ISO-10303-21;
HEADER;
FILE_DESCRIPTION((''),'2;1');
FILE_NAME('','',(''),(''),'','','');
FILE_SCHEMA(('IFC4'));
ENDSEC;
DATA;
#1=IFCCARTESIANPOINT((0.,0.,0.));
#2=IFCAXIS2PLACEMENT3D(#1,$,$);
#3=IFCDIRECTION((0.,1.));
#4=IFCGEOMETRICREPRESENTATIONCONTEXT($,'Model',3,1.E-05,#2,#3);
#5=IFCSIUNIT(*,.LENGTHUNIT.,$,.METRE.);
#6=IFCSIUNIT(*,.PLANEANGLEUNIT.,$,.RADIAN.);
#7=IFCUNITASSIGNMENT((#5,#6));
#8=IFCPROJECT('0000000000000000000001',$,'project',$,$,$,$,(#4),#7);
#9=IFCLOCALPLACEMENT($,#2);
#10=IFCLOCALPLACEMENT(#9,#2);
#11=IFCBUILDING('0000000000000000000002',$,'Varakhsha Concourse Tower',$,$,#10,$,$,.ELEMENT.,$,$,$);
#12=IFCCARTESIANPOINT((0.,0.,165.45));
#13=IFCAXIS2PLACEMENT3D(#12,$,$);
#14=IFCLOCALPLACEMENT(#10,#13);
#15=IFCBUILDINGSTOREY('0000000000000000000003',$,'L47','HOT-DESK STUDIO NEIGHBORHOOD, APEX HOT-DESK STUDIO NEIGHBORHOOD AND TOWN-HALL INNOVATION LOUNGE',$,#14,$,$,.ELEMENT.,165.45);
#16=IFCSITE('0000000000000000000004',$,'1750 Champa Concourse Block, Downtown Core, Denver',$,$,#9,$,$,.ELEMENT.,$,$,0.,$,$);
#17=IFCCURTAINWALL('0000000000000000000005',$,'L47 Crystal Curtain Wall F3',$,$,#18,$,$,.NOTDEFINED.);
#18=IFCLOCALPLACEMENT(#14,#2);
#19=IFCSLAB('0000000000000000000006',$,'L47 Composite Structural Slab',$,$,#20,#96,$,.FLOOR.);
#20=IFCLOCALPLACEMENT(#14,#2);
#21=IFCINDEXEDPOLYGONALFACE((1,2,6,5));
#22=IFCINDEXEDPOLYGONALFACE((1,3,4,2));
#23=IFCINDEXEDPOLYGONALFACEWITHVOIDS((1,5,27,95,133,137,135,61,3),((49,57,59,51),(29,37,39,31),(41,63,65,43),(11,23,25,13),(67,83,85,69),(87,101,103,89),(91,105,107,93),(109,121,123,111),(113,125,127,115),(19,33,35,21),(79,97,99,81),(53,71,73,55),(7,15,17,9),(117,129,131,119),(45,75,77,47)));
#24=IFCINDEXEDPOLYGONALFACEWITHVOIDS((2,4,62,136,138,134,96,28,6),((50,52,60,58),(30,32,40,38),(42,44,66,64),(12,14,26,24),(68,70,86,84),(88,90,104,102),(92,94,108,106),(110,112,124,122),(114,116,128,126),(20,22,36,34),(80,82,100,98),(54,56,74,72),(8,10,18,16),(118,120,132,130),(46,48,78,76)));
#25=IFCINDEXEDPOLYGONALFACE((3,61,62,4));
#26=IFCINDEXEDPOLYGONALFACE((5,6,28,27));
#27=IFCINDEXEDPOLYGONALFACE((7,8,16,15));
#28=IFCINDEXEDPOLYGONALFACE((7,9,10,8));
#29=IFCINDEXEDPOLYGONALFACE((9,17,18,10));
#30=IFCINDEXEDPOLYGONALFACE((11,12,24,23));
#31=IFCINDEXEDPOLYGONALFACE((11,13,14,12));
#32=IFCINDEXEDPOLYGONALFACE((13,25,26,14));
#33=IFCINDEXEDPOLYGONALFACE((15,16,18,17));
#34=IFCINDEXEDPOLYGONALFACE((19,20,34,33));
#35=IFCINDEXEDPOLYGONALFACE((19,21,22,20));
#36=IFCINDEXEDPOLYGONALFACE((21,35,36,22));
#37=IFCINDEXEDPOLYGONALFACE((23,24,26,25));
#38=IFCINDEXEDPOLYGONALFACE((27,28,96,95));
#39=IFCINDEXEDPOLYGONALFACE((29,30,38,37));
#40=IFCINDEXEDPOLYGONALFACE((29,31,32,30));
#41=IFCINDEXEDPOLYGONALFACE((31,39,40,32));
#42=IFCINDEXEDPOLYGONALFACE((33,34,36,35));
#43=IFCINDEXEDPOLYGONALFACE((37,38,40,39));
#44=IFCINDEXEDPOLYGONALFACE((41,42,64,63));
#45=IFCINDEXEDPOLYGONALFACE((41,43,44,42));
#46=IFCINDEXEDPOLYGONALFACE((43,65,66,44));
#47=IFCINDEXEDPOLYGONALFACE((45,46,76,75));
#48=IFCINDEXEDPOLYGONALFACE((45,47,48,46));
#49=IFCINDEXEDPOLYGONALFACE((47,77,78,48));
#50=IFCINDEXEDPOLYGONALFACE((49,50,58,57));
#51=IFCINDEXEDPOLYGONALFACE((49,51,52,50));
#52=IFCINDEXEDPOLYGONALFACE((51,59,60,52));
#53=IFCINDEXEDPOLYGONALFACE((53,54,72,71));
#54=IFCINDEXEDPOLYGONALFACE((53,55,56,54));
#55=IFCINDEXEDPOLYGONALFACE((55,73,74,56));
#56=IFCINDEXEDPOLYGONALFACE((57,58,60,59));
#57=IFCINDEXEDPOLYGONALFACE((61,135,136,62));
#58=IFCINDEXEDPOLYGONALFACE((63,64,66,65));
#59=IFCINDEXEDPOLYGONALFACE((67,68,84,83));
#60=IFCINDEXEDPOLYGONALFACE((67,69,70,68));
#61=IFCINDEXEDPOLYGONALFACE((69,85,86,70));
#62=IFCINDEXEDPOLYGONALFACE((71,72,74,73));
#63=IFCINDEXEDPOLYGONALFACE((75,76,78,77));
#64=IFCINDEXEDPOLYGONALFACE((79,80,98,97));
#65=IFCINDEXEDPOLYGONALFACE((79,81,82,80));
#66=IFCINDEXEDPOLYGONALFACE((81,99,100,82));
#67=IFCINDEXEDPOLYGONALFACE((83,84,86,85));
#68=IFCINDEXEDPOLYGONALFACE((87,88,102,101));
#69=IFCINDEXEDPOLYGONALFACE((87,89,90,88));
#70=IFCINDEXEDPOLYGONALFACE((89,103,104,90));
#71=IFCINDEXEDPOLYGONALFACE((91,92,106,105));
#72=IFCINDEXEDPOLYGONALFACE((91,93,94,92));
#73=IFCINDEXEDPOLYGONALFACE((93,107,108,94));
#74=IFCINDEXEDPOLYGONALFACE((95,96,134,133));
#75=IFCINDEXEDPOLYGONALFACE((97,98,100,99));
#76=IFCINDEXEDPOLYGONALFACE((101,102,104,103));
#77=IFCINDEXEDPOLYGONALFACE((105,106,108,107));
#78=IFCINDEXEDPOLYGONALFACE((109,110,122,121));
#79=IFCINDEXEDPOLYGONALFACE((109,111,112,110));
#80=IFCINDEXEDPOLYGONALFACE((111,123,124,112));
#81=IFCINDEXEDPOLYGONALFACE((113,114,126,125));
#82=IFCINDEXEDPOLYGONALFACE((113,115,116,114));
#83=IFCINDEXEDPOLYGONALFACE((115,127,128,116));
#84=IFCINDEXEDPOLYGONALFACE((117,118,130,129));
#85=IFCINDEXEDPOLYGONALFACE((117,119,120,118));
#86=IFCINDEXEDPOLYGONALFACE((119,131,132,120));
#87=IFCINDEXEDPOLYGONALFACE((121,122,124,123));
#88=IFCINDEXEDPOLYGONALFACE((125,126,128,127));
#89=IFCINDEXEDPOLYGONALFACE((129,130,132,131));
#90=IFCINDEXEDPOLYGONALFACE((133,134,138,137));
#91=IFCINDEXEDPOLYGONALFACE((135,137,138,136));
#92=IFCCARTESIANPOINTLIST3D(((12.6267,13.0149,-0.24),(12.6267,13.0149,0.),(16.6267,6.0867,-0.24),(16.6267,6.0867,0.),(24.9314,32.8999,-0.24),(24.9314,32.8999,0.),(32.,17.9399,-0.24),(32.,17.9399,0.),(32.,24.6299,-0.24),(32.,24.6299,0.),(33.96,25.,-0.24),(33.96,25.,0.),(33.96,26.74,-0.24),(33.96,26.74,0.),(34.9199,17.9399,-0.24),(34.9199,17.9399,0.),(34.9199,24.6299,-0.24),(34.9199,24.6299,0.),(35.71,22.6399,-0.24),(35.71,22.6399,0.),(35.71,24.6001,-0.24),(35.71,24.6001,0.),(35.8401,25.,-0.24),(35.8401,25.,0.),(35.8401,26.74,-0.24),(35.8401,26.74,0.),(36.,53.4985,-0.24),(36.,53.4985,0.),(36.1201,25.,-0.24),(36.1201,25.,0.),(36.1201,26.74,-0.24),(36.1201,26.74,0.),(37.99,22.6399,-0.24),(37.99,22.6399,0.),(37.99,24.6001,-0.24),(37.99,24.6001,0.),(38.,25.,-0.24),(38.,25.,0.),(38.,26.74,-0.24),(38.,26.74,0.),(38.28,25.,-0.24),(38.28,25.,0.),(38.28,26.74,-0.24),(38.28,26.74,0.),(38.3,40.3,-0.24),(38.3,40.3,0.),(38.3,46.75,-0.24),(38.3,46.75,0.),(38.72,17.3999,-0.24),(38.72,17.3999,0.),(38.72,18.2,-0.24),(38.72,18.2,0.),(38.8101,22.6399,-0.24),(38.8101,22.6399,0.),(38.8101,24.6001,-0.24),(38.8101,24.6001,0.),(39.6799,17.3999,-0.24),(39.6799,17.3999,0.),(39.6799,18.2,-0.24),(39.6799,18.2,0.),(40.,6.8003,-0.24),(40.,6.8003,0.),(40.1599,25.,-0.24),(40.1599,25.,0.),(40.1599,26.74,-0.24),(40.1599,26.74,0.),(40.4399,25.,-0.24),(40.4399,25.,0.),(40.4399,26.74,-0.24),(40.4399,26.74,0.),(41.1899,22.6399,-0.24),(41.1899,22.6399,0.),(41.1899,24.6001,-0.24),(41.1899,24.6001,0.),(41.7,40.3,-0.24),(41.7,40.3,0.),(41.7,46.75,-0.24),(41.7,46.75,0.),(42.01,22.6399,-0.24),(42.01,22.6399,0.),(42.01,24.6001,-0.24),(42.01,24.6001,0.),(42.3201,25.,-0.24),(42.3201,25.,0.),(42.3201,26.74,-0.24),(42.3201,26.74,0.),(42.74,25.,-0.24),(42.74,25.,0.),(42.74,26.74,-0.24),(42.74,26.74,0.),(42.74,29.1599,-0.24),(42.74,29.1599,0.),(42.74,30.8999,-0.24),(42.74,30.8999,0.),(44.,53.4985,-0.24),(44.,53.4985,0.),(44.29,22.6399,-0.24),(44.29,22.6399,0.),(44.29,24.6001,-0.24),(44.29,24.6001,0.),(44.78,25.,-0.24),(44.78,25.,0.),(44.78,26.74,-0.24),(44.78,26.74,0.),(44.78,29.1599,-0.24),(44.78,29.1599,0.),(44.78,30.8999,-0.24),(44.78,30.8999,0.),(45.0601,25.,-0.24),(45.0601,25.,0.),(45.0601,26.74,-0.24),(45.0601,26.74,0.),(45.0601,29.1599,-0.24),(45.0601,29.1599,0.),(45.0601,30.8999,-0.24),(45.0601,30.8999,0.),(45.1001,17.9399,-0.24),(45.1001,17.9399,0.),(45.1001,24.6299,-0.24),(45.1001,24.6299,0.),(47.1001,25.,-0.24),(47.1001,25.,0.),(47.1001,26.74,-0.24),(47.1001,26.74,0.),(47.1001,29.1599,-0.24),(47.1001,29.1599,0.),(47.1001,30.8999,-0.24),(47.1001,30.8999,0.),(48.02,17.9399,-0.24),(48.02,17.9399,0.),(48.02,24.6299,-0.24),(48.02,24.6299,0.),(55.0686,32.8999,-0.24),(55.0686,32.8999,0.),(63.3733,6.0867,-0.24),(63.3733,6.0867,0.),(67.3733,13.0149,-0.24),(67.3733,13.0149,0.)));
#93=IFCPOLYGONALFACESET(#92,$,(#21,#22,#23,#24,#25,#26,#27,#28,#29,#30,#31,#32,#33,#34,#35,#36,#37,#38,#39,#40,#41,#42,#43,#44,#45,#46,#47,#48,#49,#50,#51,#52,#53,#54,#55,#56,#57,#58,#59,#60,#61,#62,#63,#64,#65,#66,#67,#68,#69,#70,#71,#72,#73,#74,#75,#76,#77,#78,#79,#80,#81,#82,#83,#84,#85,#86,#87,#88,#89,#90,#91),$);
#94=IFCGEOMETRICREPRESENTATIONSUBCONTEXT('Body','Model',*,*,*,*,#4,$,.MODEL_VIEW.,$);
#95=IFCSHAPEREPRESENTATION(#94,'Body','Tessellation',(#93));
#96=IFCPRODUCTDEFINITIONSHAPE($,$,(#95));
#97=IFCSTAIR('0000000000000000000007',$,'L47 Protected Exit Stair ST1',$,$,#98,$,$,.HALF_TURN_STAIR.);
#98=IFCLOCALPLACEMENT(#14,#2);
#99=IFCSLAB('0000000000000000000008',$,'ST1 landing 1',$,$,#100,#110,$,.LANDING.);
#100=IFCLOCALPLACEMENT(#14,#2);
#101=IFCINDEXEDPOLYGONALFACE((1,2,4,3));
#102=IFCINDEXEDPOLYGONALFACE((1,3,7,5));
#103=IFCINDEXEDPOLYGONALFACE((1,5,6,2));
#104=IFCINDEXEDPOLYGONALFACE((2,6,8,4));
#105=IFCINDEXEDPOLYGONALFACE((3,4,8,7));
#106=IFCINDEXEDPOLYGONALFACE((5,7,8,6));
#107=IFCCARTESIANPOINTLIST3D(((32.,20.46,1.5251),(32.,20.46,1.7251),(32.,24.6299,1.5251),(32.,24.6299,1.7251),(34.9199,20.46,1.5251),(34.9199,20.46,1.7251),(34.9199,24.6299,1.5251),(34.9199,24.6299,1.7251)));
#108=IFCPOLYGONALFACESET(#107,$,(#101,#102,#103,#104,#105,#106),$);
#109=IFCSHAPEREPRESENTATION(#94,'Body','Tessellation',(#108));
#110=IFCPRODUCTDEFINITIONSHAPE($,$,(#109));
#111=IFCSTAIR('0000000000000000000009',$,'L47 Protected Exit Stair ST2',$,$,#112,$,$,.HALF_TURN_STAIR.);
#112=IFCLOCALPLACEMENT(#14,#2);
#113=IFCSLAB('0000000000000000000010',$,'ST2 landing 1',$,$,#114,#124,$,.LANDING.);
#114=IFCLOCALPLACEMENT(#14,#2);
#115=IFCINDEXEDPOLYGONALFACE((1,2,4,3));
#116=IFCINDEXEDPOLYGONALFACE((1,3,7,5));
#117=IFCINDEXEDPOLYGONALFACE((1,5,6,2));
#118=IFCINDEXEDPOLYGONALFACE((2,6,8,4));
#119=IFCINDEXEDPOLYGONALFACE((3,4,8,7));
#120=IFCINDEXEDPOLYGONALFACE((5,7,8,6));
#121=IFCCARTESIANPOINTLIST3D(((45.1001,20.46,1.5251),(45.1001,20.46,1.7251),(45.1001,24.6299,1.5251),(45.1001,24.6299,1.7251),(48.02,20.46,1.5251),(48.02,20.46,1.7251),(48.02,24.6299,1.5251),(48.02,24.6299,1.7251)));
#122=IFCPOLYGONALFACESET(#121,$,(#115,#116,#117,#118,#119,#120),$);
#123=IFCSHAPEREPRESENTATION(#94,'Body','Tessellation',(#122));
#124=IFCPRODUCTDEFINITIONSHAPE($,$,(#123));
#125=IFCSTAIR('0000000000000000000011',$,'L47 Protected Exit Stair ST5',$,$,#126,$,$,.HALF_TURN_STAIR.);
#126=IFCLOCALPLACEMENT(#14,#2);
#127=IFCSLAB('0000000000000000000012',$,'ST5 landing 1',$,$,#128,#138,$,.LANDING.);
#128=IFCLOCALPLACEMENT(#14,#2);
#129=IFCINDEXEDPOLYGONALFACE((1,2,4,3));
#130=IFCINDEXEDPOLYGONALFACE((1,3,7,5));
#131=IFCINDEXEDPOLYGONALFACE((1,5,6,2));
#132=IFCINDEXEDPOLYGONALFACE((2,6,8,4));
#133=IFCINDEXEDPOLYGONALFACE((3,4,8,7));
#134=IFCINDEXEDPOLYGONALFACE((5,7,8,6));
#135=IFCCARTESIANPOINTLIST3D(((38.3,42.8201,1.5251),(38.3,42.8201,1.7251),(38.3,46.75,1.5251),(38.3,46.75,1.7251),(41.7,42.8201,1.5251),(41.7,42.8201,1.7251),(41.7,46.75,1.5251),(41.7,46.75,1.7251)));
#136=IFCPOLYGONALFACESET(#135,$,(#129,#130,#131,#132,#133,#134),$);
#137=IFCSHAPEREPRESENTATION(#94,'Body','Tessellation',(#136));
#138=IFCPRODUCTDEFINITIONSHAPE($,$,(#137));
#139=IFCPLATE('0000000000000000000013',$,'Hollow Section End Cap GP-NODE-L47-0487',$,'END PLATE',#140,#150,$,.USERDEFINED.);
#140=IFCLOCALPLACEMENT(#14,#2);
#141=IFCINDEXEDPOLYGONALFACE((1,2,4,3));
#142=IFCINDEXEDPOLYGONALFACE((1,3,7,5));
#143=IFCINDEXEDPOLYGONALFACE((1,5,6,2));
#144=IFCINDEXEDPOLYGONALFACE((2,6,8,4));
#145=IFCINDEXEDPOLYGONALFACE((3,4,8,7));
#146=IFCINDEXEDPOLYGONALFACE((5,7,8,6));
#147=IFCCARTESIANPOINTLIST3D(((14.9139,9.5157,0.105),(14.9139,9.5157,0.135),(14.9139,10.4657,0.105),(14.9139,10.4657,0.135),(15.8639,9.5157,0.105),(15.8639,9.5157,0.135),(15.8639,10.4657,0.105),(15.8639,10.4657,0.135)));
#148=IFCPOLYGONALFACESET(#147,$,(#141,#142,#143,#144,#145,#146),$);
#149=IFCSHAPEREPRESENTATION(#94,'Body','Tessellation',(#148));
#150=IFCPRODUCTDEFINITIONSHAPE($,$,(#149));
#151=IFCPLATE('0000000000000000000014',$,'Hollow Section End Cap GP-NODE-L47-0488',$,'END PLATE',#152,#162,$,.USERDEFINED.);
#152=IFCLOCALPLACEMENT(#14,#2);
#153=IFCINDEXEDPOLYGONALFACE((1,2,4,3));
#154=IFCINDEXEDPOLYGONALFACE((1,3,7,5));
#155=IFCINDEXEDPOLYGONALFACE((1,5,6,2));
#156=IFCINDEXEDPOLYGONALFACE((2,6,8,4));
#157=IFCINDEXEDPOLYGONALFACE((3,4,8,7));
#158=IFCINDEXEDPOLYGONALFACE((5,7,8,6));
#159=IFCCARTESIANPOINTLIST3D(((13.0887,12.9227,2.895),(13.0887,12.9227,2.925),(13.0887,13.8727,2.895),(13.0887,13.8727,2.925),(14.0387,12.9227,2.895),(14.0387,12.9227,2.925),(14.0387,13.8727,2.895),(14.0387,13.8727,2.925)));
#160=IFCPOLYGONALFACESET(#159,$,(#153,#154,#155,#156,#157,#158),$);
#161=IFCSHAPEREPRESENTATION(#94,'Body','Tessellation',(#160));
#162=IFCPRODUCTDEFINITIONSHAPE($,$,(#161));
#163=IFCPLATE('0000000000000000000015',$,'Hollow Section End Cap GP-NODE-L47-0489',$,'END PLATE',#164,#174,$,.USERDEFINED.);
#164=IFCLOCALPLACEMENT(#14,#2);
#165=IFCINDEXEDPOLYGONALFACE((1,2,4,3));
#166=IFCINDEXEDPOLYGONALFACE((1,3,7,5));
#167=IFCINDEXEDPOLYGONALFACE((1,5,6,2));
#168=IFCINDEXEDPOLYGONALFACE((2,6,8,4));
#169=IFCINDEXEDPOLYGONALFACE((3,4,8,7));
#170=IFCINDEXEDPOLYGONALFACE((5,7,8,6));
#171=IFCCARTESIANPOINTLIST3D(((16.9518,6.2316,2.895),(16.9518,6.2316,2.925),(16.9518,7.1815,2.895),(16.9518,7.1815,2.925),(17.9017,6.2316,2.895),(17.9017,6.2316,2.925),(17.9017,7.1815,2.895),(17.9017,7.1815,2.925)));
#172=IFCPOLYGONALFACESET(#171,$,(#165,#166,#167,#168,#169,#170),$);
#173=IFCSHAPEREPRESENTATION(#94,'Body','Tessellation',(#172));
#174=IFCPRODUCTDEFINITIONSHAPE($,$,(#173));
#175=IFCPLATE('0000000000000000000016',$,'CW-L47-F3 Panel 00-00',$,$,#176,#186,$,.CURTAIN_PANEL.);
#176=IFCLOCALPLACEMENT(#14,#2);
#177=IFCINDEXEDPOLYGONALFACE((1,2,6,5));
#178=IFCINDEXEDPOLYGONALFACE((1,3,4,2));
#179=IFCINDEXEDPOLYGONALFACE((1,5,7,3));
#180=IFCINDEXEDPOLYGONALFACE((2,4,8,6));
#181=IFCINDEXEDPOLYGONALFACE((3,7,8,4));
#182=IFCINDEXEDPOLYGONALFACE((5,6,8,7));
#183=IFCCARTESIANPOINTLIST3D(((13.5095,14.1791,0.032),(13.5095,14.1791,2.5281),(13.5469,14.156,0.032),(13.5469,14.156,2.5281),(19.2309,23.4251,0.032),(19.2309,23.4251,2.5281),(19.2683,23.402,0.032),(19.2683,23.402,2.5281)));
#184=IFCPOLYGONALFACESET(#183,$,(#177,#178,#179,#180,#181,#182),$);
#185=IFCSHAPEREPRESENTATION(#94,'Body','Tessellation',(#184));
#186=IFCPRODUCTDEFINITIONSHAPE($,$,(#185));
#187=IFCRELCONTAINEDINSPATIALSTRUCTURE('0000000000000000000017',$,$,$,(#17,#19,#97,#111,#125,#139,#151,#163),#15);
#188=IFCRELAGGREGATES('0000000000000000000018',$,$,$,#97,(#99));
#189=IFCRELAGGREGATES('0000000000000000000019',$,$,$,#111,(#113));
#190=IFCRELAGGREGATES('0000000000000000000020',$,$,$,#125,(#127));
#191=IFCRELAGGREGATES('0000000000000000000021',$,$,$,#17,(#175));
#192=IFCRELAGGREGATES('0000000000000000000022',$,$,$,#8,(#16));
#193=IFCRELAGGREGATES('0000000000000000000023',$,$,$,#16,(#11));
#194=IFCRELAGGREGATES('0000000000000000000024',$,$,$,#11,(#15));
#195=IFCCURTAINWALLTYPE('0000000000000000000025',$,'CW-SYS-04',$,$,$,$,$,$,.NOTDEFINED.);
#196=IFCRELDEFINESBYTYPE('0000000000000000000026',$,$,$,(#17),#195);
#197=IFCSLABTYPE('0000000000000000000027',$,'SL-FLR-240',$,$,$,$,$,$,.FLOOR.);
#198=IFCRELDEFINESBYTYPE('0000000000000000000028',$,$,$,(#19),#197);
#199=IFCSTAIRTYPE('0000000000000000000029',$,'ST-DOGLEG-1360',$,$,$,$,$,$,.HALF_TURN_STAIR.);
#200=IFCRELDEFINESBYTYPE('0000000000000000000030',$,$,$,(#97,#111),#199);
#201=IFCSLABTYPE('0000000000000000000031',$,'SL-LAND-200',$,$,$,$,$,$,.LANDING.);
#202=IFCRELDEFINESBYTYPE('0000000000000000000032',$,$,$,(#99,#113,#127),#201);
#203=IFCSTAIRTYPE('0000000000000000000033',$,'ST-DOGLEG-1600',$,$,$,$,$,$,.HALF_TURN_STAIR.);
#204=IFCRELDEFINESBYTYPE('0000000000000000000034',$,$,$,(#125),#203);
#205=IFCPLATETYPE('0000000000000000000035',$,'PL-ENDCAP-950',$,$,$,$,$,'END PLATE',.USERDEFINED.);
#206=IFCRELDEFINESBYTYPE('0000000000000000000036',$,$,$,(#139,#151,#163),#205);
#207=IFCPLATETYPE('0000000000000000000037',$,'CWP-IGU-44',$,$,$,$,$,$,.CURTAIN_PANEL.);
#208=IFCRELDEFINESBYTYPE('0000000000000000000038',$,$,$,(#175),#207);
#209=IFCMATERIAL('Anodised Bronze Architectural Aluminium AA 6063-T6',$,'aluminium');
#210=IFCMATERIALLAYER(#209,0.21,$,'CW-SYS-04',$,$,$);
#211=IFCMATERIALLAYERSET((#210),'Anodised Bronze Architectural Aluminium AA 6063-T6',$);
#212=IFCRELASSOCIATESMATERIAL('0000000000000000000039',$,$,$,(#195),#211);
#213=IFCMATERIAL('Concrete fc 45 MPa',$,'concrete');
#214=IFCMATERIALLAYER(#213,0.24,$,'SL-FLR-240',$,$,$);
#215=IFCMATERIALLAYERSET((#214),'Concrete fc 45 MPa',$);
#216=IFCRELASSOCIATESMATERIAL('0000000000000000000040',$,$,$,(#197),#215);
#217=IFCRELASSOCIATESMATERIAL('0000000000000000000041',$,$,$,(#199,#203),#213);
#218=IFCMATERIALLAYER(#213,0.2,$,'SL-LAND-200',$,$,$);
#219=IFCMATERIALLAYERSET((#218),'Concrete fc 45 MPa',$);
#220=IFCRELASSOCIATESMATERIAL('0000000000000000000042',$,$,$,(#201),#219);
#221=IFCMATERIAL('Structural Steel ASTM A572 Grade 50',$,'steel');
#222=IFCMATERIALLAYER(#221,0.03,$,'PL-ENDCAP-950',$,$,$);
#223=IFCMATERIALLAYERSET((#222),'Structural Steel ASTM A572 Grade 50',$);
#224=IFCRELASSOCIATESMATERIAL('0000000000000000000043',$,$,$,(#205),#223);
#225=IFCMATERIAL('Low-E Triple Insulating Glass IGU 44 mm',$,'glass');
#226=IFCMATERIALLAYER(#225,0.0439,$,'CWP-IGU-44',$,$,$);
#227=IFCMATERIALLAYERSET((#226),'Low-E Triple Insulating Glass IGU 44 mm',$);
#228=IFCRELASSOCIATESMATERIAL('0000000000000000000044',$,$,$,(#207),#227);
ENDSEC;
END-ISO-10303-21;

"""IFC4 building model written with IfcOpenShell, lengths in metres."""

from ifc_helpers import new_model, si_unit, direction, frame, origin, origin_2d, place, context, subcontext, project, spatial, polyline, rectangle, outline, extrude, source, transform, mapped, material, layer, layer_set, type_object, type_shapes, element, aggregate, save


model = new_model("IFC4")

# Units and contexts
model_context = context("Model", 3, precision=1e-05, world=origin(), true_north=direction((0.0, 1.0)))
body_context = subcontext(model_context, "Body", "Model", "MODEL_VIEW")
ifc_project = project(units=[si_unit("LENGTHUNIT", "METRE"), si_unit("PLANEANGLEUNIT", "RADIAN")], contexts=[model_context])

# Site, building, storey
site_placement = place(None, origin())
site = spatial("IfcSite", under=ifc_project, at=site_placement, Name="1750 Champa Concourse Block, Downtown Core, Denver", CompositionType="ELEMENT", RefElevation=0.0)
building_placement = place(site_placement, origin())
building = spatial("IfcBuilding", under=site, at=building_placement, Name="Varakhsha Concourse Tower", CompositionType="ELEMENT")
storey_placement = place(building_placement, frame((0.0, 0.0, 165.45)))
storey = spatial("IfcBuildingStorey", under=building, at=storey_placement, Name="L47", Description="HOT-DESK STUDIO NEIGHBORHOOD, APEX HOT-DESK STUDIO NEIGHBORHOOD AND TOWN-HALL INNOVATION LOUNGE", CompositionType="ELEMENT", Elevation=165.45)

# Shared definitions
ifc_material_1 = material(Name="Structural Steel ASTM A572 Grade 50", Category="steel")

# Curtain wall
ifc_material_2 = material(Name="Anodised Bronze Architectural Aluminium AA 6063-T6", Category="aluminium")
ifc_layer_1 = layer(ifc_material_2, 0.21, Name="CW-SYS-04")
ifc_layer_set_1 = layer_set([ifc_layer_1], Name="Anodised Bronze Architectural Aluminium AA 6063-T6")
curtain_wall_type = type_object("IfcCurtainWallType", Name="CW-SYS-04", PredefinedType="NOTDEFINED", material=ifc_layer_set_1)
curtain_wall_1_placement = place(storey_placement, origin())
curtain_wall_1 = element("IfcCurtainWall", 1, at=curtain_wall_1_placement, inside=storey, type_object=curtain_wall_type, Name="L47 Crystal Curtain Wall F3", PredefinedType="NOTDEFINED")

# Slab
ifc_material_3 = material(Name="Concrete fc 45 MPa", Category="concrete")
ifc_layer_2 = layer(ifc_material_3, 0.24, Name="SL-FLR-240")
ifc_layer_set_2 = layer_set([ifc_layer_2], Name="Concrete fc 45 MPa")
slab_type_1 = type_object("IfcSlabType", Name="SL-FLR-240", PredefinedType="FLOOR", material=ifc_layer_set_2)
slab_1_placement = place(storey_placement, frame((0.0, 0.0, -0.24)))
element("IfcSlab", 2, at=slab_1_placement, inside=storey, type_object=slab_type_1, Name="L47 Composite Structural Slab", PredefinedType="FLOOR", context=body_context, shape_type="SweptSolid", body=[
    extrude(outline(polyline([(44.0, 53.4985), (36.0, 53.4985), (24.9314, 32.8999), (12.6267, 13.0149), (16.6267, 6.0867), (40.0, 6.8003), (63.3733, 6.0867), (67.3733, 13.0149), (55.0686, 32.8999), (44.0, 53.4985)]), holes=[polyline([(34.9199, 17.9399), (34.9199, 24.6299), (32.0, 24.6299), (32.0, 17.9399), (34.9199, 17.9399)]), polyline([(48.02, 17.9399), (48.02, 24.6299), (45.1001, 24.6299), (45.1001, 17.9399), (48.02, 17.9399)]), polyline([(41.7, 40.3), (41.7, 46.75), (38.3, 46.75), (38.3, 40.3), (41.7, 40.3)]), polyline([(33.96, 25.0), (35.8401, 25.0), (35.8401, 26.74), (33.96, 26.74), (33.96, 25.0)]), polyline([(36.1201, 25.0), (38.0, 25.0), (38.0, 26.74), (36.1201, 26.74), (36.1201, 25.0)]), polyline([(38.28, 25.0), (40.1599, 25.0), (40.1599, 26.74), (38.28, 26.74), (38.28, 25.0)]), polyline([(40.4399, 25.0), (42.3201, 25.0), (42.3201, 26.74), (40.4399, 26.74), (40.4399, 25.0)]), polyline([(42.74, 29.1599), (44.78, 29.1599), (44.78, 30.8999), (42.74, 30.8999), (42.74, 29.1599)]), polyline([(45.0601, 29.1599), (47.1001, 29.1599), (47.1001, 30.8999), (45.0601, 30.8999), (45.0601, 29.1599)]), polyline([(42.74, 25.0), (44.78, 25.0), (44.78, 26.74), (42.74, 26.74), (42.74, 25.0)]), polyline([(45.0601, 25.0), (47.1001, 25.0), (47.1001, 26.74), (45.0601, 26.74), (45.0601, 25.0)]), polyline([(35.71, 22.6399), (37.99, 22.6399), (37.99, 24.6001), (35.71, 24.6001), (35.71, 22.6399)]), polyline([(42.01, 22.6399), (44.29, 22.6399), (44.29, 24.6001), (42.01, 24.6001), (42.01, 22.6399)]), polyline([(38.8101, 22.6399), (41.1899, 22.6399), (41.1899, 24.6001), (38.8101, 24.6001), (38.8101, 22.6399)]), polyline([(38.72, 17.3999), (39.6799, 17.3999), (39.6799, 18.2), (38.72, 18.2), (38.72, 17.3999)])]), origin(), (0.0, 0.0, 1.0), 0.24),
])

# Stairs, slabs
stair_type_1 = type_object("IfcStairType", Name="ST-DOGLEG-1360", PredefinedType="HALF_TURN_STAIR", material=ifc_material_3)
stair_1_placement = place(storey_placement, origin())
stair_1 = element("IfcStair", 3, at=stair_1_placement, inside=storey, type_object=stair_type_1, Name="L47 Protected Exit Stair ST1", PredefinedType="HALF_TURN_STAIR")
ifc_layer_3 = layer(ifc_material_3, 0.2, Name="SL-LAND-200")
ifc_layer_set_3 = layer_set([ifc_layer_3], Name="Concrete fc 45 MPa")
slab_type_2 = type_object("IfcSlabType", Name="SL-LAND-200", PredefinedType="LANDING", material=ifc_layer_set_3)
slab_2_placement = place(storey_placement, frame((0.0, 0.0, 1.5251)))
slab_2 = element("IfcSlab", 4, at=slab_2_placement, type_object=slab_type_2, Name="ST1 landing 1", PredefinedType="LANDING", context=body_context, shape_type="SweptSolid", body=[
    extrude(outline(polyline([(34.9199, 20.46), (34.9199, 24.6299), (32.0, 24.6299), (32.0, 20.46), (34.9199, 20.46)])), origin(), (0.0, 0.0, 1.0), 0.2),
])
aggregate(stair_1, [slab_2])
stair_2_placement = place(storey_placement, origin())
stair_2 = element("IfcStair", 5, at=stair_2_placement, inside=storey, type_object=stair_type_1, Name="L47 Protected Exit Stair ST2", PredefinedType="HALF_TURN_STAIR")
slab_3_placement = place(storey_placement, frame((0.0, 0.0, 1.5251)))
slab_3 = element("IfcSlab", 6, at=slab_3_placement, type_object=slab_type_2, Name="ST2 landing 1", PredefinedType="LANDING", context=body_context, shape_type="SweptSolid", body=[
    extrude(outline(polyline([(48.02, 20.46), (48.02, 24.6299), (45.1001, 24.6299), (45.1001, 20.46), (48.02, 20.46)])), origin(), (0.0, 0.0, 1.0), 0.2),
])
aggregate(stair_2, [slab_3])
stair_type_2 = type_object("IfcStairType", Name="ST-DOGLEG-1600", PredefinedType="HALF_TURN_STAIR", material=ifc_material_3)
stair_3_placement = place(storey_placement, origin())
stair_3 = element("IfcStair", 7, at=stair_3_placement, inside=storey, type_object=stair_type_2, Name="L47 Protected Exit Stair ST5", PredefinedType="HALF_TURN_STAIR")
slab_4_placement = place(storey_placement, frame((0.0, 0.0, 1.5251)))
slab_4 = element("IfcSlab", 8, at=slab_4_placement, type_object=slab_type_2, Name="ST5 landing 1", PredefinedType="LANDING", context=body_context, shape_type="SweptSolid", body=[
    extrude(outline(polyline([(41.7, 42.8201), (41.7, 46.75), (38.3, 46.75), (38.3, 42.8201), (41.7, 42.8201)])), origin(), (0.0, 0.0, 1.0), 0.2),
])
aggregate(stair_3, [slab_4])

# Plates
ifc_layer_4 = layer(ifc_material_1, 0.03, Name="PL-ENDCAP-950")
ifc_layer_set_4 = layer_set([ifc_layer_4], Name="Structural Steel ASTM A572 Grade 50")
plate_type_1 = type_object("IfcPlateType", Name="PL-ENDCAP-950", ElementType="END PLATE", PredefinedType="USERDEFINED", material=ifc_layer_set_4)
shared_shape_1 = source(origin(), body_context, "Body", "SweptSolid", [
    extrude(rectangle(XDim=0.95, YDim=0.95, at=origin_2d()), origin(), (0.0, 0.0, 1.0), 0.03),
])
type_shapes(plate_type_1, [shared_shape_1])
for number, where, z_axis, x_axis, name in (
    (9, (15.3889, 9.9907, 0.105), (0.0, 0.0, 1.0), (1.0, 0.0, 0.0), "Hollow Section End Cap GP-NODE-L47-0487"),
    (10, (13.5637, 13.3977, 2.895), (0.0, 0.0, 1.0), (1.0, 0.0, 0.0), "Hollow Section End Cap GP-NODE-L47-0488"),
    (11, (17.4268, 6.7065, 2.895), (0.0, 0.0, 1.0), (1.0, 0.0, 0.0), "Hollow Section End Cap GP-NODE-L47-0489"),
):
    element("IfcPlate", number, at=place(storey_placement, frame(where, z_axis=z_axis, x_axis=x_axis)), inside=storey, type_object=plate_type_1, Name=name, ObjectType="END PLATE", PredefinedType="USERDEFINED", context=body_context, shape_type="MappedRepresentation", body=[
        mapped(shared_shape_1, transform((0.0, 0.0, 0.0), scale=1.0)),
    ])

# Plate
ifc_material_4 = material(Name="Low-E Triple Insulating Glass IGU 44 mm", Category="glass")
ifc_layer_5 = layer(ifc_material_4, 0.0439, Name="CWP-IGU-44")
ifc_layer_set_5 = layer_set([ifc_layer_5], Name="Low-E Triple Insulating Glass IGU 44 mm")
plate_type_2 = type_object("IfcPlateType", Name="CWP-IGU-44", PredefinedType="CURTAIN_PANEL", material=ifc_layer_set_5)
shared_shape_2 = source(origin(), body_context, "Body", "SweptSolid", [
    extrude(rectangle(XDim=10.873, YDim=0.0439, at=origin_2d()), origin(), (0.0, 0.0, 1.0), 2.4961),
])
type_shapes(plate_type_2, [shared_shape_2])
plate_1_placement = place(storey_placement, frame((16.3889, 18.7905, 0.032), z_axis=(0.0, 0.0, 1.0), x_axis=(0.526199, 0.850361, 0.0)))
plate_1 = element("IfcPlate", 12, at=plate_1_placement, type_object=plate_type_2, Name="CW-L47-F3 Panel 00-00", PredefinedType="CURTAIN_PANEL", context=body_context, shape_type="MappedRepresentation", body=[
    mapped(shared_shape_2, transform((0.0, 0.0, 0.0), scale=1.0)),
])
aggregate(curtain_wall_1, [plate_1])

save(model, "model.ifc")
